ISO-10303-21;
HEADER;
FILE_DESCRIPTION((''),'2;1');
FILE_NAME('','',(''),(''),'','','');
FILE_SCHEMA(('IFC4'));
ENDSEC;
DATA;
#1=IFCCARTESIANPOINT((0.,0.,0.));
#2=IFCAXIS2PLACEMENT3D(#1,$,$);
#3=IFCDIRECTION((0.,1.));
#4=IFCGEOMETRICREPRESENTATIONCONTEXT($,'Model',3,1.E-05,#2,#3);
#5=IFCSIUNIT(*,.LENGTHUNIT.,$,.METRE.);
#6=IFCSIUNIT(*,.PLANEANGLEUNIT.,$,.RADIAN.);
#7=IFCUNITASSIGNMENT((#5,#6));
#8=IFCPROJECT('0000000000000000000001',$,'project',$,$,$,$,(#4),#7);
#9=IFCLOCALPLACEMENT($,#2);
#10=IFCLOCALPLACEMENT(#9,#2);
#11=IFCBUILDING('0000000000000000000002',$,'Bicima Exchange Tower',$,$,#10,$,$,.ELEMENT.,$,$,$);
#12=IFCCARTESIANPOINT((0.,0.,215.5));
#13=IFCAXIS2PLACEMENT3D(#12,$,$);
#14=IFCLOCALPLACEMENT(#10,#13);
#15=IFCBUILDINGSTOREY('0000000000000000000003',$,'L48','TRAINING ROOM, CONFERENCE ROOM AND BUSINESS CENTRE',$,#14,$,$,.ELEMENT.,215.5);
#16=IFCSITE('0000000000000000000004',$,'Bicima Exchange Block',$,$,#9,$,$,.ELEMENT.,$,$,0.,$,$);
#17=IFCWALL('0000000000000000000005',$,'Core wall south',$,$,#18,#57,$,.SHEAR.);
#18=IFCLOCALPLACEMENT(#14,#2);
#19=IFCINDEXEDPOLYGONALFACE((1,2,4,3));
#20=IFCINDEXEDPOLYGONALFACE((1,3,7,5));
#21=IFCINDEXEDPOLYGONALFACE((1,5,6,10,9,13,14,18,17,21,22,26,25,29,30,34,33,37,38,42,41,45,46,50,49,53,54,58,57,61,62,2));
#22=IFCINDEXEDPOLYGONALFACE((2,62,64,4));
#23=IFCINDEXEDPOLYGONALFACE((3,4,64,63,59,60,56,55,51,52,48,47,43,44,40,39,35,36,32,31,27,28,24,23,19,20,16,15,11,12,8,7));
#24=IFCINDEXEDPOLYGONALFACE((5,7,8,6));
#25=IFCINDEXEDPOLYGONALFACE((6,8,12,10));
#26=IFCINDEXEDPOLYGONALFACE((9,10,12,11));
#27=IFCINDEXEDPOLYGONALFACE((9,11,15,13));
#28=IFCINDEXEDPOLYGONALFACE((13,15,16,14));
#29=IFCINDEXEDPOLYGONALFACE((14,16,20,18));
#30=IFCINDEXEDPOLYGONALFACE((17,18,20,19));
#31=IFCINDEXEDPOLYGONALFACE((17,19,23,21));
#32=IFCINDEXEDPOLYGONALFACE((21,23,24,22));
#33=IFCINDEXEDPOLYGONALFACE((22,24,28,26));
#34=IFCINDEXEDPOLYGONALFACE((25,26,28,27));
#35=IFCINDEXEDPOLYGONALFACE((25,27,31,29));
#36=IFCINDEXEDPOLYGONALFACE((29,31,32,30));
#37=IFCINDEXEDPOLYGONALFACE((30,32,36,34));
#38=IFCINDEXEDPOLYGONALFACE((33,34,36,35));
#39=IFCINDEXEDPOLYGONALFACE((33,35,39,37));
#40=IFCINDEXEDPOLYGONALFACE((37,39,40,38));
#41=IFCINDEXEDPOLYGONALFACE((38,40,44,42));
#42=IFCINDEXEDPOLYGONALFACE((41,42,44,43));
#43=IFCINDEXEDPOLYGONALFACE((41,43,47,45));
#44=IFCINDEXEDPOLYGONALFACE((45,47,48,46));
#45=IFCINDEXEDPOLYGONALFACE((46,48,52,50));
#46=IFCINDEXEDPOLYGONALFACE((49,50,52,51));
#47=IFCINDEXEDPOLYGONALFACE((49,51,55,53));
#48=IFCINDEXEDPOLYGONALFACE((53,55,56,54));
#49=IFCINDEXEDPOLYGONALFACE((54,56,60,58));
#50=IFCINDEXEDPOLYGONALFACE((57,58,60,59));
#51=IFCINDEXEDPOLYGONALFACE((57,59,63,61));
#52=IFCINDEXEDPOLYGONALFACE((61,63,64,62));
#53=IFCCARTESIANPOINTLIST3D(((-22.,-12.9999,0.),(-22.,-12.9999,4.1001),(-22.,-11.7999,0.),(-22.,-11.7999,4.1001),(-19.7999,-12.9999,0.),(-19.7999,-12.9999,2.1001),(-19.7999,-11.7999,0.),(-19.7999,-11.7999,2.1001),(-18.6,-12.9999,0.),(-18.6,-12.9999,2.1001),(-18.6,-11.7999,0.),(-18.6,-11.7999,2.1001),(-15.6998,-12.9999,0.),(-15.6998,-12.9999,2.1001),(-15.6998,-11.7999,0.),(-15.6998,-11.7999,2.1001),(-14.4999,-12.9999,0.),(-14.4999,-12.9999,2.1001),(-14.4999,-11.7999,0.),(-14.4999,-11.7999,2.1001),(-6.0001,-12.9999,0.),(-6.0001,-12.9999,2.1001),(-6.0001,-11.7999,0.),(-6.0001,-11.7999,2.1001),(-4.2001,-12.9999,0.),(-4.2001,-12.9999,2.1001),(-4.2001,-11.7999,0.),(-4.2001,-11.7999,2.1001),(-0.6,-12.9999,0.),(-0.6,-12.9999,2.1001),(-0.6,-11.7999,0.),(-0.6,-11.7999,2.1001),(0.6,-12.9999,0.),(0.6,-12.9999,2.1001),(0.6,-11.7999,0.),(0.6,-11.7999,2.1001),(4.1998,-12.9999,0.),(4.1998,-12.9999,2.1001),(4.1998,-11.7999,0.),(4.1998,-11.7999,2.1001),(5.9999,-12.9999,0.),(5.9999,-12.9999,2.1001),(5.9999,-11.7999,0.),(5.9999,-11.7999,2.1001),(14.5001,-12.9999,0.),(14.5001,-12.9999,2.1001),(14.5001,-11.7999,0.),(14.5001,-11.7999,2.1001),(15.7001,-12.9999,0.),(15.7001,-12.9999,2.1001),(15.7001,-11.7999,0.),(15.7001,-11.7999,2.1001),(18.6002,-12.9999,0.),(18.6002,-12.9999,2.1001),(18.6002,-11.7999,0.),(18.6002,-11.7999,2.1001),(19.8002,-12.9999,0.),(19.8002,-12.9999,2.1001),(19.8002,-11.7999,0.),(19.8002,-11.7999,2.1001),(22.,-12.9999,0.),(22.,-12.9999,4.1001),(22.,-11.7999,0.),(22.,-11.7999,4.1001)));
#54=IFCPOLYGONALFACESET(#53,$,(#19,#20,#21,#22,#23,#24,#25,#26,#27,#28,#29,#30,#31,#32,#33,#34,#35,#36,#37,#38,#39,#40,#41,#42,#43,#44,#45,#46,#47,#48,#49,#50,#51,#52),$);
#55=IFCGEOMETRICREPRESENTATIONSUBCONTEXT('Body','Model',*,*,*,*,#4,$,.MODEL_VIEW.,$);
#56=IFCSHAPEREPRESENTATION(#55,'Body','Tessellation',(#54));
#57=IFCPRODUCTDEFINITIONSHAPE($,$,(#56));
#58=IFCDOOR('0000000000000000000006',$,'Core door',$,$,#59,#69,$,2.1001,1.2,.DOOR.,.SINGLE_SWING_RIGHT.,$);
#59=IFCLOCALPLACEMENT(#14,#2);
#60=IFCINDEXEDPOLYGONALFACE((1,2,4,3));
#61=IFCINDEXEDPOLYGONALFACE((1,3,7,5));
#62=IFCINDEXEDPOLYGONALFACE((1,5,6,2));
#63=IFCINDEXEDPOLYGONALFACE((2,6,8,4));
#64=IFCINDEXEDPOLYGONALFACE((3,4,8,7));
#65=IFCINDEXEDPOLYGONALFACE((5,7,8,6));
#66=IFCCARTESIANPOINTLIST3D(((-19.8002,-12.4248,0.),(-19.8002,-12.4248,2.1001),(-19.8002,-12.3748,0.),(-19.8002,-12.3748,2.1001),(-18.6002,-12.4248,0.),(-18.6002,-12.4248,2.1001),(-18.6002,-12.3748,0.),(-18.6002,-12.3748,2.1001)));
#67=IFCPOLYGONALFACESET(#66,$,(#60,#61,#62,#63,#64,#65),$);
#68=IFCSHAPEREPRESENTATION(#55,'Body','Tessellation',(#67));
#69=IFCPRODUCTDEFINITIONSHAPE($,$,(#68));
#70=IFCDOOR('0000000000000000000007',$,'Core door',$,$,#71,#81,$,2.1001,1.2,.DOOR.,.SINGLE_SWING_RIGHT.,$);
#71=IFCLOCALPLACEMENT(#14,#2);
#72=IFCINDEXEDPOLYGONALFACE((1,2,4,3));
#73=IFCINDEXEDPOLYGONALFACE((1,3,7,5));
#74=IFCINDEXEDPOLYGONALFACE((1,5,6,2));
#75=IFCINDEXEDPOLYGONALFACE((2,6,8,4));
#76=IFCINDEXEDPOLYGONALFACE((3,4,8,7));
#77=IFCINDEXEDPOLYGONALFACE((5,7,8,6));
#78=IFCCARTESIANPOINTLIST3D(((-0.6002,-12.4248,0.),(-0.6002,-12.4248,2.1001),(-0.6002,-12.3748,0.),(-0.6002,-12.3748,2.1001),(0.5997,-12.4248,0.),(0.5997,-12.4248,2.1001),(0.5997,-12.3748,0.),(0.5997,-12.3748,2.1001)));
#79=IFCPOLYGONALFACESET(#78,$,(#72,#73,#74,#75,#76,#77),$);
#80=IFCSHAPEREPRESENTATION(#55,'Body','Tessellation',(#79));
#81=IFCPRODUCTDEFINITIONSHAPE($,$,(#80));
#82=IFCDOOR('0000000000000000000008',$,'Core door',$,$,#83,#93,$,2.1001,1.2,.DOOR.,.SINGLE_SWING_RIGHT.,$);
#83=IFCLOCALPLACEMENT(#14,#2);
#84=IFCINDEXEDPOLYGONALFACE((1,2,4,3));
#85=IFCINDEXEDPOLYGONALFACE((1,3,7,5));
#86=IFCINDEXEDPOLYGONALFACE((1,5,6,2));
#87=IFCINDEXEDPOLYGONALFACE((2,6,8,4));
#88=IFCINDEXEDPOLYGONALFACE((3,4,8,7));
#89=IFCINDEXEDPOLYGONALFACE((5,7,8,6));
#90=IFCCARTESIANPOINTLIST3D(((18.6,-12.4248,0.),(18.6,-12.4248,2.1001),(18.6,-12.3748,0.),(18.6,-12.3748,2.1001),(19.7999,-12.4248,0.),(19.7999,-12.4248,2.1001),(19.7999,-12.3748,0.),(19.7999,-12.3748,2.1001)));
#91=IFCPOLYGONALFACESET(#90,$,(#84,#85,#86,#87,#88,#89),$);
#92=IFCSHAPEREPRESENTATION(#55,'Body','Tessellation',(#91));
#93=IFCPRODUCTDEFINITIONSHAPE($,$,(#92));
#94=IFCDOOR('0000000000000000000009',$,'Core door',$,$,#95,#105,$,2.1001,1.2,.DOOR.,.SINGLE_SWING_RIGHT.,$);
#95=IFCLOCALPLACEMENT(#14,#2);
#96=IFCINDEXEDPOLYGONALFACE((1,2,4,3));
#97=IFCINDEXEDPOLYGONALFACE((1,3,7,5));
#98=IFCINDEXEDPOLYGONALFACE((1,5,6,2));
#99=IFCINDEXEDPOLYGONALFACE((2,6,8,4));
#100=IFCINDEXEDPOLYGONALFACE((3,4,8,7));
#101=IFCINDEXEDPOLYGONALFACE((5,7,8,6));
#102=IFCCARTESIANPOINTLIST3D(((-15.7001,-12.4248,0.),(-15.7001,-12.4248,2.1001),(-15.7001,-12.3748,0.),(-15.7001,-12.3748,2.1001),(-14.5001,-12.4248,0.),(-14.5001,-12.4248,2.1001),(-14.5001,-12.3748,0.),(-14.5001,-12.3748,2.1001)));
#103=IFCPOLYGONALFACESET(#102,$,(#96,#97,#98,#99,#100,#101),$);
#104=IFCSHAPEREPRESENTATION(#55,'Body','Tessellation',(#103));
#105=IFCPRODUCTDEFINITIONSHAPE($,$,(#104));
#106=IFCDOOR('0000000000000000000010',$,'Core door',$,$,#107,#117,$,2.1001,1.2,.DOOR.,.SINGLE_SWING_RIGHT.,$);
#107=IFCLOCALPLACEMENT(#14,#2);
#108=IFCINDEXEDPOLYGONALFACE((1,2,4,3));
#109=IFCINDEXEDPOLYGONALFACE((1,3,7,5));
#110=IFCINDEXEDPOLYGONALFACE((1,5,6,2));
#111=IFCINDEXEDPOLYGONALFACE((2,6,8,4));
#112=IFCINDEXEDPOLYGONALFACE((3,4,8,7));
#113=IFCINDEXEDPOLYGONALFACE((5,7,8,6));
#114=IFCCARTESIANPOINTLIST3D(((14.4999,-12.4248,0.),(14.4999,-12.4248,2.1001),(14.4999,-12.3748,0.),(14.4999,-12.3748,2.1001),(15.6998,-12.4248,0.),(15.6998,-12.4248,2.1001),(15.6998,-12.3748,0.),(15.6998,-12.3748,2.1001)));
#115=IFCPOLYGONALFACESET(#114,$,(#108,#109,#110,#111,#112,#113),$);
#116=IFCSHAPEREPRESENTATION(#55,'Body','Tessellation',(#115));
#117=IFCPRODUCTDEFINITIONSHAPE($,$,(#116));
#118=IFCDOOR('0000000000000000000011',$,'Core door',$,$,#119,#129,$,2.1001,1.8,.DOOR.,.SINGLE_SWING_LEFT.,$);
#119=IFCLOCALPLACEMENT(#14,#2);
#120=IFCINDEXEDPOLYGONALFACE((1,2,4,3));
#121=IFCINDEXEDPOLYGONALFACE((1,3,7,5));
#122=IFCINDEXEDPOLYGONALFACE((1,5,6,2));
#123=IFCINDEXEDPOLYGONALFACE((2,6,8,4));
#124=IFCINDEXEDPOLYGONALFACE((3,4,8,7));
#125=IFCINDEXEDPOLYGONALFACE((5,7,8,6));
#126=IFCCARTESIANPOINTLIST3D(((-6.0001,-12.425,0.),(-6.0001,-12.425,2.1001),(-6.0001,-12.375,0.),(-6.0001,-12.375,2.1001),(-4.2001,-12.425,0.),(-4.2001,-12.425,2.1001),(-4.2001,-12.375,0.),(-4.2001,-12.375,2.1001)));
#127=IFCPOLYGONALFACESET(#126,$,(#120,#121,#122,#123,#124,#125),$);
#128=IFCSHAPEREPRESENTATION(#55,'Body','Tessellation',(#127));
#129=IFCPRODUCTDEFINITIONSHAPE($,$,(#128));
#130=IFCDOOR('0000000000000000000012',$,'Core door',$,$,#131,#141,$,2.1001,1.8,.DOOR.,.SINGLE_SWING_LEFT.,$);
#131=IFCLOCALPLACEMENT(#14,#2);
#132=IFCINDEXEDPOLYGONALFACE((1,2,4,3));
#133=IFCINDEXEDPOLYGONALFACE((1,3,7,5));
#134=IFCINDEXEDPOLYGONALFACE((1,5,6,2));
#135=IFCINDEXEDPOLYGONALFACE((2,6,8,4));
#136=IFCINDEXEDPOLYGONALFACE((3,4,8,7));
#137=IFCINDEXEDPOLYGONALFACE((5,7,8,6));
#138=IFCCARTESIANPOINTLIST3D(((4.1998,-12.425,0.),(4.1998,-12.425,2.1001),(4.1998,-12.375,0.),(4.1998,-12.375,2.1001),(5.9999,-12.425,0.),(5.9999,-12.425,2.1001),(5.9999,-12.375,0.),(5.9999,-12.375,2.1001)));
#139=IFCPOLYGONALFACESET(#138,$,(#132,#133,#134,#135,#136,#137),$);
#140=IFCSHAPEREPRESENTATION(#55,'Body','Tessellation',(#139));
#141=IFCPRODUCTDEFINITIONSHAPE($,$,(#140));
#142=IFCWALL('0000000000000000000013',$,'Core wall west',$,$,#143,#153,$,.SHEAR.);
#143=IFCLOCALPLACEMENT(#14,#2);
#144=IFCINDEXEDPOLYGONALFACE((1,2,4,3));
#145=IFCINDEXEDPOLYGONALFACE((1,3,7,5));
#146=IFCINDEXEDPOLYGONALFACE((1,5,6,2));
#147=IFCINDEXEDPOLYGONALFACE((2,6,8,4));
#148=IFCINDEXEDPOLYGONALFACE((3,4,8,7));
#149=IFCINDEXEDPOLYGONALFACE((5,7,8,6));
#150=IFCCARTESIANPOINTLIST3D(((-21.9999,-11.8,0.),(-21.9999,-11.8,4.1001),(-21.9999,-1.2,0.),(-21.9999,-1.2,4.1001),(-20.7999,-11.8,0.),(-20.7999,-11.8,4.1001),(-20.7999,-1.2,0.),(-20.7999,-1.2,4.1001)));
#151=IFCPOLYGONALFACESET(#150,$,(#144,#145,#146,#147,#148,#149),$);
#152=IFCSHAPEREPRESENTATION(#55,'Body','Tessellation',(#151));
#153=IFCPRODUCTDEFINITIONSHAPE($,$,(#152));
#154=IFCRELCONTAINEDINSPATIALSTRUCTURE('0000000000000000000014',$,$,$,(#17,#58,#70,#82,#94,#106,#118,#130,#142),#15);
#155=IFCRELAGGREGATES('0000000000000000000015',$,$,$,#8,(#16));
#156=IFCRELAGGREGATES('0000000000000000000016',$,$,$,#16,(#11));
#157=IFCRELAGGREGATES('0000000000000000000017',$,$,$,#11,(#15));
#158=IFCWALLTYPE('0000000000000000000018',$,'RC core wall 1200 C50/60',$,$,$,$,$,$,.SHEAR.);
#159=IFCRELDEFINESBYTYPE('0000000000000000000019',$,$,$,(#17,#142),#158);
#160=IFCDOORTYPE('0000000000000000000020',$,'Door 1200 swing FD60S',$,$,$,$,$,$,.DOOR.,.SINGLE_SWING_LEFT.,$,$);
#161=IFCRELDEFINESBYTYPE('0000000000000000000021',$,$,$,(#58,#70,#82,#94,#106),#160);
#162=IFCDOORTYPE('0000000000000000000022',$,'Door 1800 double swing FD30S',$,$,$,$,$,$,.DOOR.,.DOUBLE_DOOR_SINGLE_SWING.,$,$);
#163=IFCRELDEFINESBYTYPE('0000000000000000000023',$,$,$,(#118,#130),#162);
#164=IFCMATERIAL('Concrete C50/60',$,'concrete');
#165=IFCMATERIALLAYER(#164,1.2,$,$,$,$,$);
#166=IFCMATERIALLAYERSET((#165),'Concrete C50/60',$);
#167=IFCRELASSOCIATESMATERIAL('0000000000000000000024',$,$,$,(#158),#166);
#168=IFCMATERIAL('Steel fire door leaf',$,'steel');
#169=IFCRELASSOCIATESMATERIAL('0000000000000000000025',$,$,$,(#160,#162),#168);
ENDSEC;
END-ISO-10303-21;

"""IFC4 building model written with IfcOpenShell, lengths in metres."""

from ifc_helpers import new_model, si_unit, direction, frame, frame_2d, origin, place, context, subcontext, project, spatial, rectangle, extrude, material, layer, layer_set, type_object, element, fill, save


model = new_model("IFC4")

# Units and contexts
model_context = context("Model", 3, precision=1e-05, world=origin(), true_north=direction((0.0, 1.0)))
body_context = subcontext(model_context, "Body", "Model", "MODEL_VIEW")
ifc_project = project(units=[si_unit("LENGTHUNIT", "METRE"), si_unit("PLANEANGLEUNIT", "RADIAN")], contexts=[model_context])

# Site, building, storey
site_placement = place(None, origin())
site = spatial("IfcSite", under=ifc_project, at=site_placement, Name="Bicima Exchange Block", CompositionType="ELEMENT", RefElevation=0.0)
building_placement = place(site_placement, origin())
building = spatial("IfcBuilding", under=site, at=building_placement, Name="Bicima Exchange Tower", CompositionType="ELEMENT")
storey_placement = place(building_placement, frame((0.0, 0.0, 215.5)))
storey = spatial("IfcBuildingStorey", under=building, at=storey_placement, Name="L48", Description="TRAINING ROOM, CONFERENCE ROOM AND BUSINESS CENTRE", CompositionType="ELEMENT", Elevation=215.5)

# Wall, openings, doors
ifc_material_1 = material(Name="Concrete C50/60", Category="concrete")
ifc_layer_1 = layer(ifc_material_1, 1.2)
ifc_layer_set_1 = layer_set([ifc_layer_1], Name="Concrete C50/60")
wall_type_1 = type_object("IfcWallType", Name="RC core wall 1200 C50/60", PredefinedType="SHEAR", material=ifc_layer_set_1)
wall_1_placement = place(storey_placement, frame((-22.0, -12.3999, 0.0), z_axis=(0.0, 0.0, 1.0), x_axis=(1.0, 0.0, 0.0)))
wall_1 = element("IfcWall", 1, at=wall_1_placement, inside=storey, type_object=wall_type_1, Name="Core wall south", PredefinedType="SHEAR", context=body_context, shape_type="SweptSolid", body=[
    extrude(rectangle(XDim=44.0, YDim=1.2, at=frame_2d((22.0, 0.0))), origin(), (0.0, 0.0, 1.0), 4.1001),
])
opening_1_placement = place(wall_1_placement, frame((2.2, 0.0, 0.0)))
opening_1 = element("IfcOpeningElement", 2, at=opening_1_placement, cuts=wall_1, PredefinedType="OPENING", context=body_context, shape_type="SweptSolid", body=[
    extrude(rectangle(XDim=1.2, YDim=2.1001, at=frame_2d((0.6001, 1.05))), frame((0.0, 0.6118, 0.0), z_axis=(0.0, -1.0, 0.0), x_axis=(1.0, 0.0, 0.0)), (0.0, 0.0, 1.0), 1.2239),
])
opening_2_placement = place(wall_1_placement, frame((21.3999, 0.0, 0.0)))
opening_2 = element("IfcOpeningElement", 3, at=opening_2_placement, cuts=wall_1, PredefinedType="OPENING", context=body_context, shape_type="SweptSolid", body=[
    extrude(rectangle(XDim=1.2, YDim=2.1001, at=frame_2d((0.6001, 1.05))), frame((0.0, 0.6118, 0.0), z_axis=(0.0, -1.0, 0.0), x_axis=(1.0, 0.0, 0.0)), (0.0, 0.0, 1.0), 1.2239),
])
opening_3_placement = place(wall_1_placement, frame((40.6001, 0.0, 0.0)))
opening_3 = element("IfcOpeningElement", 4, at=opening_3_placement, cuts=wall_1, PredefinedType="OPENING", context=body_context, shape_type="SweptSolid", body=[
    extrude(rectangle(XDim=1.2, YDim=2.1001, at=frame_2d((0.6001, 1.05))), frame((0.0, 0.6118, 0.0), z_axis=(0.0, -1.0, 0.0), x_axis=(1.0, 0.0, 0.0)), (0.0, 0.0, 1.0), 1.2239),
])
opening_4_placement = place(wall_1_placement, frame((16.0, 0.0, 0.0)))
opening_4 = element("IfcOpeningElement", 5, at=opening_4_placement, cuts=wall_1, PredefinedType="OPENING", context=body_context, shape_type="SweptSolid", body=[
    extrude(rectangle(XDim=1.8, YDim=2.1001, at=frame_2d((0.8999, 1.05))), frame((0.0, 0.6118, 0.0), z_axis=(0.0, -1.0, 0.0), x_axis=(1.0, 0.0, 0.0)), (0.0, 0.0, 1.0), 1.2239),
])
opening_5_placement = place(wall_1_placement, frame((6.3, 0.0, 0.0)))
opening_5 = element("IfcOpeningElement", 6, at=opening_5_placement, cuts=wall_1, PredefinedType="OPENING", context=body_context, shape_type="SweptSolid", body=[
    extrude(rectangle(XDim=1.2, YDim=2.1001, at=frame_2d((0.6001, 1.05))), frame((0.0, 0.6118, 0.0), z_axis=(0.0, -1.0, 0.0), x_axis=(1.0, 0.0, 0.0)), (0.0, 0.0, 1.0), 1.2239),
])
opening_6_placement = place(wall_1_placement, frame((26.2, 0.0, 0.0)))
opening_6 = element("IfcOpeningElement", 7, at=opening_6_placement, cuts=wall_1, PredefinedType="OPENING", context=body_context, shape_type="SweptSolid", body=[
    extrude(rectangle(XDim=1.8, YDim=2.1001, at=frame_2d((0.8999, 1.05))), frame((0.0, 0.6118, 0.0), z_axis=(0.0, -1.0, 0.0), x_axis=(1.0, 0.0, 0.0)), (0.0, 0.0, 1.0), 1.2239),
])
opening_7_placement = place(wall_1_placement, frame((36.5, 0.0, 0.0)))
opening_7 = element("IfcOpeningElement", 8, at=opening_7_placement, cuts=wall_1, PredefinedType="OPENING", context=body_context, shape_type="SweptSolid", body=[
    extrude(rectangle(XDim=1.2, YDim=2.1001, at=frame_2d((0.6001, 1.05))), frame((0.0, 0.6118, 0.0), z_axis=(0.0, -1.0, 0.0), x_axis=(1.0, 0.0, 0.0)), (0.0, 0.0, 1.0), 1.2239),
])
ifc_material_2 = material(Name="Steel fire door leaf", Category="steel")
door_type_1 = type_object("IfcDoorType", Name="Door 1200 swing FD60S", OperationType="SINGLE_SWING_LEFT", PredefinedType="DOOR", material=ifc_material_2)
door_1_placement = place(opening_1_placement, frame((1.2, 0.0, 0.0), z_axis=(0.0, 0.0, 1.0), x_axis=(-1.0, 0.0, 0.0)))
door_1 = element("IfcDoor", 9, at=door_1_placement, inside=storey, type_object=door_type_1, Name="Core door", OperationType="SINGLE_SWING_RIGHT", OverallHeight=2.1001, OverallWidth=1.2, PredefinedType="DOOR", context=body_context, shape_type="SweptSolid", body=[
    extrude(rectangle(XDim=1.2, YDim=2.1001, at=frame_2d((0.6001, 1.05))), frame((0.0, 0.0249, 0.0), z_axis=(0.0, -1.0, 0.0), x_axis=(1.0, 0.0, 0.0)), (0.0, 0.0, 1.0), 0.05),
])
fill(opening_1, door_1)
door_2_placement = place(opening_2_placement, frame((1.2, 0.0, 0.0), z_axis=(0.0, 0.0, 1.0), x_axis=(-1.0, 0.0, 0.0)))
door_2 = element("IfcDoor", 10, at=door_2_placement, inside=storey, type_object=door_type_1, Name="Core door", OperationType="SINGLE_SWING_RIGHT", OverallHeight=2.1001, OverallWidth=1.2, PredefinedType="DOOR", context=body_context, shape_type="SweptSolid", body=[
    extrude(rectangle(XDim=1.2, YDim=2.1001, at=frame_2d((0.6001, 1.05))), frame((0.0, 0.0249, 0.0), z_axis=(0.0, -1.0, 0.0), x_axis=(1.0, 0.0, 0.0)), (0.0, 0.0, 1.0), 0.05),
])
fill(opening_2, door_2)
door_3_placement = place(opening_3_placement, frame((1.2, 0.0, 0.0), z_axis=(0.0, 0.0, 1.0), x_axis=(-1.0, 0.0, 0.0)))
door_3 = element("IfcDoor", 11, at=door_3_placement, inside=storey, type_object=door_type_1, Name="Core door", OperationType="SINGLE_SWING_RIGHT", OverallHeight=2.1001, OverallWidth=1.2, PredefinedType="DOOR", context=body_context, shape_type="SweptSolid", body=[
    extrude(rectangle(XDim=1.2, YDim=2.1001, at=frame_2d((0.6001, 1.05))), frame((0.0, 0.0249, 0.0), z_axis=(0.0, -1.0, 0.0), x_axis=(1.0, 0.0, 0.0)), (0.0, 0.0, 1.0), 0.05),
])
fill(opening_3, door_3)
door_4_placement = place(opening_5_placement, frame((1.2, 0.0, 0.0), z_axis=(0.0, 0.0, 1.0), x_axis=(-1.0, 0.0, 0.0)))
door_4 = element("IfcDoor", 12, at=door_4_placement, inside=storey, type_object=door_type_1, Name="Core door", OperationType="SINGLE_SWING_RIGHT", OverallHeight=2.1001, OverallWidth=1.2, PredefinedType="DOOR", context=body_context, shape_type="SweptSolid", body=[
    extrude(rectangle(XDim=1.2, YDim=2.1001, at=frame_2d((0.6001, 1.05))), frame((0.0, 0.0249, 0.0), z_axis=(0.0, -1.0, 0.0), x_axis=(1.0, 0.0, 0.0)), (0.0, 0.0, 1.0), 0.05),
])
fill(opening_5, door_4)
door_5_placement = place(opening_7_placement, frame((1.2, 0.0, 0.0), z_axis=(0.0, 0.0, 1.0), x_axis=(-1.0, 0.0, 0.0)))
door_5 = element("IfcDoor", 13, at=door_5_placement, inside=storey, type_object=door_type_1, Name="Core door", OperationType="SINGLE_SWING_RIGHT", OverallHeight=2.1001, OverallWidth=1.2, PredefinedType="DOOR", context=body_context, shape_type="SweptSolid", body=[
    extrude(rectangle(XDim=1.2, YDim=2.1001, at=frame_2d((0.6001, 1.05))), frame((0.0, 0.0249, 0.0), z_axis=(0.0, -1.0, 0.0), x_axis=(1.0, 0.0, 0.0)), (0.0, 0.0, 1.0), 0.05),
])
fill(opening_7, door_5)
door_type_2 = type_object("IfcDoorType", Name="Door 1800 double swing FD30S", OperationType="DOUBLE_DOOR_SINGLE_SWING", PredefinedType="DOOR", material=ifc_material_2)
door_6_placement = place(opening_4_placement, origin())
door_6 = element("IfcDoor", 14, at=door_6_placement, inside=storey, type_object=door_type_2, Name="Core door", OperationType="SINGLE_SWING_LEFT", OverallHeight=2.1001, OverallWidth=1.8, PredefinedType="DOOR", context=body_context, shape_type="SweptSolid", body=[
    extrude(rectangle(XDim=1.8, YDim=2.1001, at=frame_2d((0.8999, 1.05))), frame((0.0, 0.0249, 0.0), z_axis=(0.0, -1.0, 0.0), x_axis=(1.0, 0.0, 0.0)), (0.0, 0.0, 1.0), 0.05),
])
fill(opening_4, door_6)
door_7_placement = place(opening_6_placement, origin())
door_7 = element("IfcDoor", 15, at=door_7_placement, inside=storey, type_object=door_type_2, Name="Core door", OperationType="SINGLE_SWING_LEFT", OverallHeight=2.1001, OverallWidth=1.8, PredefinedType="DOOR", context=body_context, shape_type="SweptSolid", body=[
    extrude(rectangle(XDim=1.8, YDim=2.1001, at=frame_2d((0.8999, 1.05))), frame((0.0, 0.0249, 0.0), z_axis=(0.0, -1.0, 0.0), x_axis=(1.0, 0.0, 0.0)), (0.0, 0.0, 1.0), 0.05),
])
fill(opening_6, door_7)

# Wall
wall_2_placement = place(storey_placement, frame((-21.3999, -11.8, 0.0), z_axis=(0.0, 0.0, 1.0), x_axis=(0.0, 1.0, 0.0)))
element("IfcWall", 16, at=wall_2_placement, inside=storey, type_object=wall_type_1, Name="Core wall west", PredefinedType="SHEAR", context=body_context, shape_type="SweptSolid", body=[
    extrude(rectangle(XDim=10.6001, YDim=1.2, at=frame_2d((5.3, 0.0))), origin(), (0.0, 0.0, 1.0), 4.1001),
])

save(model, "model.ifc")
